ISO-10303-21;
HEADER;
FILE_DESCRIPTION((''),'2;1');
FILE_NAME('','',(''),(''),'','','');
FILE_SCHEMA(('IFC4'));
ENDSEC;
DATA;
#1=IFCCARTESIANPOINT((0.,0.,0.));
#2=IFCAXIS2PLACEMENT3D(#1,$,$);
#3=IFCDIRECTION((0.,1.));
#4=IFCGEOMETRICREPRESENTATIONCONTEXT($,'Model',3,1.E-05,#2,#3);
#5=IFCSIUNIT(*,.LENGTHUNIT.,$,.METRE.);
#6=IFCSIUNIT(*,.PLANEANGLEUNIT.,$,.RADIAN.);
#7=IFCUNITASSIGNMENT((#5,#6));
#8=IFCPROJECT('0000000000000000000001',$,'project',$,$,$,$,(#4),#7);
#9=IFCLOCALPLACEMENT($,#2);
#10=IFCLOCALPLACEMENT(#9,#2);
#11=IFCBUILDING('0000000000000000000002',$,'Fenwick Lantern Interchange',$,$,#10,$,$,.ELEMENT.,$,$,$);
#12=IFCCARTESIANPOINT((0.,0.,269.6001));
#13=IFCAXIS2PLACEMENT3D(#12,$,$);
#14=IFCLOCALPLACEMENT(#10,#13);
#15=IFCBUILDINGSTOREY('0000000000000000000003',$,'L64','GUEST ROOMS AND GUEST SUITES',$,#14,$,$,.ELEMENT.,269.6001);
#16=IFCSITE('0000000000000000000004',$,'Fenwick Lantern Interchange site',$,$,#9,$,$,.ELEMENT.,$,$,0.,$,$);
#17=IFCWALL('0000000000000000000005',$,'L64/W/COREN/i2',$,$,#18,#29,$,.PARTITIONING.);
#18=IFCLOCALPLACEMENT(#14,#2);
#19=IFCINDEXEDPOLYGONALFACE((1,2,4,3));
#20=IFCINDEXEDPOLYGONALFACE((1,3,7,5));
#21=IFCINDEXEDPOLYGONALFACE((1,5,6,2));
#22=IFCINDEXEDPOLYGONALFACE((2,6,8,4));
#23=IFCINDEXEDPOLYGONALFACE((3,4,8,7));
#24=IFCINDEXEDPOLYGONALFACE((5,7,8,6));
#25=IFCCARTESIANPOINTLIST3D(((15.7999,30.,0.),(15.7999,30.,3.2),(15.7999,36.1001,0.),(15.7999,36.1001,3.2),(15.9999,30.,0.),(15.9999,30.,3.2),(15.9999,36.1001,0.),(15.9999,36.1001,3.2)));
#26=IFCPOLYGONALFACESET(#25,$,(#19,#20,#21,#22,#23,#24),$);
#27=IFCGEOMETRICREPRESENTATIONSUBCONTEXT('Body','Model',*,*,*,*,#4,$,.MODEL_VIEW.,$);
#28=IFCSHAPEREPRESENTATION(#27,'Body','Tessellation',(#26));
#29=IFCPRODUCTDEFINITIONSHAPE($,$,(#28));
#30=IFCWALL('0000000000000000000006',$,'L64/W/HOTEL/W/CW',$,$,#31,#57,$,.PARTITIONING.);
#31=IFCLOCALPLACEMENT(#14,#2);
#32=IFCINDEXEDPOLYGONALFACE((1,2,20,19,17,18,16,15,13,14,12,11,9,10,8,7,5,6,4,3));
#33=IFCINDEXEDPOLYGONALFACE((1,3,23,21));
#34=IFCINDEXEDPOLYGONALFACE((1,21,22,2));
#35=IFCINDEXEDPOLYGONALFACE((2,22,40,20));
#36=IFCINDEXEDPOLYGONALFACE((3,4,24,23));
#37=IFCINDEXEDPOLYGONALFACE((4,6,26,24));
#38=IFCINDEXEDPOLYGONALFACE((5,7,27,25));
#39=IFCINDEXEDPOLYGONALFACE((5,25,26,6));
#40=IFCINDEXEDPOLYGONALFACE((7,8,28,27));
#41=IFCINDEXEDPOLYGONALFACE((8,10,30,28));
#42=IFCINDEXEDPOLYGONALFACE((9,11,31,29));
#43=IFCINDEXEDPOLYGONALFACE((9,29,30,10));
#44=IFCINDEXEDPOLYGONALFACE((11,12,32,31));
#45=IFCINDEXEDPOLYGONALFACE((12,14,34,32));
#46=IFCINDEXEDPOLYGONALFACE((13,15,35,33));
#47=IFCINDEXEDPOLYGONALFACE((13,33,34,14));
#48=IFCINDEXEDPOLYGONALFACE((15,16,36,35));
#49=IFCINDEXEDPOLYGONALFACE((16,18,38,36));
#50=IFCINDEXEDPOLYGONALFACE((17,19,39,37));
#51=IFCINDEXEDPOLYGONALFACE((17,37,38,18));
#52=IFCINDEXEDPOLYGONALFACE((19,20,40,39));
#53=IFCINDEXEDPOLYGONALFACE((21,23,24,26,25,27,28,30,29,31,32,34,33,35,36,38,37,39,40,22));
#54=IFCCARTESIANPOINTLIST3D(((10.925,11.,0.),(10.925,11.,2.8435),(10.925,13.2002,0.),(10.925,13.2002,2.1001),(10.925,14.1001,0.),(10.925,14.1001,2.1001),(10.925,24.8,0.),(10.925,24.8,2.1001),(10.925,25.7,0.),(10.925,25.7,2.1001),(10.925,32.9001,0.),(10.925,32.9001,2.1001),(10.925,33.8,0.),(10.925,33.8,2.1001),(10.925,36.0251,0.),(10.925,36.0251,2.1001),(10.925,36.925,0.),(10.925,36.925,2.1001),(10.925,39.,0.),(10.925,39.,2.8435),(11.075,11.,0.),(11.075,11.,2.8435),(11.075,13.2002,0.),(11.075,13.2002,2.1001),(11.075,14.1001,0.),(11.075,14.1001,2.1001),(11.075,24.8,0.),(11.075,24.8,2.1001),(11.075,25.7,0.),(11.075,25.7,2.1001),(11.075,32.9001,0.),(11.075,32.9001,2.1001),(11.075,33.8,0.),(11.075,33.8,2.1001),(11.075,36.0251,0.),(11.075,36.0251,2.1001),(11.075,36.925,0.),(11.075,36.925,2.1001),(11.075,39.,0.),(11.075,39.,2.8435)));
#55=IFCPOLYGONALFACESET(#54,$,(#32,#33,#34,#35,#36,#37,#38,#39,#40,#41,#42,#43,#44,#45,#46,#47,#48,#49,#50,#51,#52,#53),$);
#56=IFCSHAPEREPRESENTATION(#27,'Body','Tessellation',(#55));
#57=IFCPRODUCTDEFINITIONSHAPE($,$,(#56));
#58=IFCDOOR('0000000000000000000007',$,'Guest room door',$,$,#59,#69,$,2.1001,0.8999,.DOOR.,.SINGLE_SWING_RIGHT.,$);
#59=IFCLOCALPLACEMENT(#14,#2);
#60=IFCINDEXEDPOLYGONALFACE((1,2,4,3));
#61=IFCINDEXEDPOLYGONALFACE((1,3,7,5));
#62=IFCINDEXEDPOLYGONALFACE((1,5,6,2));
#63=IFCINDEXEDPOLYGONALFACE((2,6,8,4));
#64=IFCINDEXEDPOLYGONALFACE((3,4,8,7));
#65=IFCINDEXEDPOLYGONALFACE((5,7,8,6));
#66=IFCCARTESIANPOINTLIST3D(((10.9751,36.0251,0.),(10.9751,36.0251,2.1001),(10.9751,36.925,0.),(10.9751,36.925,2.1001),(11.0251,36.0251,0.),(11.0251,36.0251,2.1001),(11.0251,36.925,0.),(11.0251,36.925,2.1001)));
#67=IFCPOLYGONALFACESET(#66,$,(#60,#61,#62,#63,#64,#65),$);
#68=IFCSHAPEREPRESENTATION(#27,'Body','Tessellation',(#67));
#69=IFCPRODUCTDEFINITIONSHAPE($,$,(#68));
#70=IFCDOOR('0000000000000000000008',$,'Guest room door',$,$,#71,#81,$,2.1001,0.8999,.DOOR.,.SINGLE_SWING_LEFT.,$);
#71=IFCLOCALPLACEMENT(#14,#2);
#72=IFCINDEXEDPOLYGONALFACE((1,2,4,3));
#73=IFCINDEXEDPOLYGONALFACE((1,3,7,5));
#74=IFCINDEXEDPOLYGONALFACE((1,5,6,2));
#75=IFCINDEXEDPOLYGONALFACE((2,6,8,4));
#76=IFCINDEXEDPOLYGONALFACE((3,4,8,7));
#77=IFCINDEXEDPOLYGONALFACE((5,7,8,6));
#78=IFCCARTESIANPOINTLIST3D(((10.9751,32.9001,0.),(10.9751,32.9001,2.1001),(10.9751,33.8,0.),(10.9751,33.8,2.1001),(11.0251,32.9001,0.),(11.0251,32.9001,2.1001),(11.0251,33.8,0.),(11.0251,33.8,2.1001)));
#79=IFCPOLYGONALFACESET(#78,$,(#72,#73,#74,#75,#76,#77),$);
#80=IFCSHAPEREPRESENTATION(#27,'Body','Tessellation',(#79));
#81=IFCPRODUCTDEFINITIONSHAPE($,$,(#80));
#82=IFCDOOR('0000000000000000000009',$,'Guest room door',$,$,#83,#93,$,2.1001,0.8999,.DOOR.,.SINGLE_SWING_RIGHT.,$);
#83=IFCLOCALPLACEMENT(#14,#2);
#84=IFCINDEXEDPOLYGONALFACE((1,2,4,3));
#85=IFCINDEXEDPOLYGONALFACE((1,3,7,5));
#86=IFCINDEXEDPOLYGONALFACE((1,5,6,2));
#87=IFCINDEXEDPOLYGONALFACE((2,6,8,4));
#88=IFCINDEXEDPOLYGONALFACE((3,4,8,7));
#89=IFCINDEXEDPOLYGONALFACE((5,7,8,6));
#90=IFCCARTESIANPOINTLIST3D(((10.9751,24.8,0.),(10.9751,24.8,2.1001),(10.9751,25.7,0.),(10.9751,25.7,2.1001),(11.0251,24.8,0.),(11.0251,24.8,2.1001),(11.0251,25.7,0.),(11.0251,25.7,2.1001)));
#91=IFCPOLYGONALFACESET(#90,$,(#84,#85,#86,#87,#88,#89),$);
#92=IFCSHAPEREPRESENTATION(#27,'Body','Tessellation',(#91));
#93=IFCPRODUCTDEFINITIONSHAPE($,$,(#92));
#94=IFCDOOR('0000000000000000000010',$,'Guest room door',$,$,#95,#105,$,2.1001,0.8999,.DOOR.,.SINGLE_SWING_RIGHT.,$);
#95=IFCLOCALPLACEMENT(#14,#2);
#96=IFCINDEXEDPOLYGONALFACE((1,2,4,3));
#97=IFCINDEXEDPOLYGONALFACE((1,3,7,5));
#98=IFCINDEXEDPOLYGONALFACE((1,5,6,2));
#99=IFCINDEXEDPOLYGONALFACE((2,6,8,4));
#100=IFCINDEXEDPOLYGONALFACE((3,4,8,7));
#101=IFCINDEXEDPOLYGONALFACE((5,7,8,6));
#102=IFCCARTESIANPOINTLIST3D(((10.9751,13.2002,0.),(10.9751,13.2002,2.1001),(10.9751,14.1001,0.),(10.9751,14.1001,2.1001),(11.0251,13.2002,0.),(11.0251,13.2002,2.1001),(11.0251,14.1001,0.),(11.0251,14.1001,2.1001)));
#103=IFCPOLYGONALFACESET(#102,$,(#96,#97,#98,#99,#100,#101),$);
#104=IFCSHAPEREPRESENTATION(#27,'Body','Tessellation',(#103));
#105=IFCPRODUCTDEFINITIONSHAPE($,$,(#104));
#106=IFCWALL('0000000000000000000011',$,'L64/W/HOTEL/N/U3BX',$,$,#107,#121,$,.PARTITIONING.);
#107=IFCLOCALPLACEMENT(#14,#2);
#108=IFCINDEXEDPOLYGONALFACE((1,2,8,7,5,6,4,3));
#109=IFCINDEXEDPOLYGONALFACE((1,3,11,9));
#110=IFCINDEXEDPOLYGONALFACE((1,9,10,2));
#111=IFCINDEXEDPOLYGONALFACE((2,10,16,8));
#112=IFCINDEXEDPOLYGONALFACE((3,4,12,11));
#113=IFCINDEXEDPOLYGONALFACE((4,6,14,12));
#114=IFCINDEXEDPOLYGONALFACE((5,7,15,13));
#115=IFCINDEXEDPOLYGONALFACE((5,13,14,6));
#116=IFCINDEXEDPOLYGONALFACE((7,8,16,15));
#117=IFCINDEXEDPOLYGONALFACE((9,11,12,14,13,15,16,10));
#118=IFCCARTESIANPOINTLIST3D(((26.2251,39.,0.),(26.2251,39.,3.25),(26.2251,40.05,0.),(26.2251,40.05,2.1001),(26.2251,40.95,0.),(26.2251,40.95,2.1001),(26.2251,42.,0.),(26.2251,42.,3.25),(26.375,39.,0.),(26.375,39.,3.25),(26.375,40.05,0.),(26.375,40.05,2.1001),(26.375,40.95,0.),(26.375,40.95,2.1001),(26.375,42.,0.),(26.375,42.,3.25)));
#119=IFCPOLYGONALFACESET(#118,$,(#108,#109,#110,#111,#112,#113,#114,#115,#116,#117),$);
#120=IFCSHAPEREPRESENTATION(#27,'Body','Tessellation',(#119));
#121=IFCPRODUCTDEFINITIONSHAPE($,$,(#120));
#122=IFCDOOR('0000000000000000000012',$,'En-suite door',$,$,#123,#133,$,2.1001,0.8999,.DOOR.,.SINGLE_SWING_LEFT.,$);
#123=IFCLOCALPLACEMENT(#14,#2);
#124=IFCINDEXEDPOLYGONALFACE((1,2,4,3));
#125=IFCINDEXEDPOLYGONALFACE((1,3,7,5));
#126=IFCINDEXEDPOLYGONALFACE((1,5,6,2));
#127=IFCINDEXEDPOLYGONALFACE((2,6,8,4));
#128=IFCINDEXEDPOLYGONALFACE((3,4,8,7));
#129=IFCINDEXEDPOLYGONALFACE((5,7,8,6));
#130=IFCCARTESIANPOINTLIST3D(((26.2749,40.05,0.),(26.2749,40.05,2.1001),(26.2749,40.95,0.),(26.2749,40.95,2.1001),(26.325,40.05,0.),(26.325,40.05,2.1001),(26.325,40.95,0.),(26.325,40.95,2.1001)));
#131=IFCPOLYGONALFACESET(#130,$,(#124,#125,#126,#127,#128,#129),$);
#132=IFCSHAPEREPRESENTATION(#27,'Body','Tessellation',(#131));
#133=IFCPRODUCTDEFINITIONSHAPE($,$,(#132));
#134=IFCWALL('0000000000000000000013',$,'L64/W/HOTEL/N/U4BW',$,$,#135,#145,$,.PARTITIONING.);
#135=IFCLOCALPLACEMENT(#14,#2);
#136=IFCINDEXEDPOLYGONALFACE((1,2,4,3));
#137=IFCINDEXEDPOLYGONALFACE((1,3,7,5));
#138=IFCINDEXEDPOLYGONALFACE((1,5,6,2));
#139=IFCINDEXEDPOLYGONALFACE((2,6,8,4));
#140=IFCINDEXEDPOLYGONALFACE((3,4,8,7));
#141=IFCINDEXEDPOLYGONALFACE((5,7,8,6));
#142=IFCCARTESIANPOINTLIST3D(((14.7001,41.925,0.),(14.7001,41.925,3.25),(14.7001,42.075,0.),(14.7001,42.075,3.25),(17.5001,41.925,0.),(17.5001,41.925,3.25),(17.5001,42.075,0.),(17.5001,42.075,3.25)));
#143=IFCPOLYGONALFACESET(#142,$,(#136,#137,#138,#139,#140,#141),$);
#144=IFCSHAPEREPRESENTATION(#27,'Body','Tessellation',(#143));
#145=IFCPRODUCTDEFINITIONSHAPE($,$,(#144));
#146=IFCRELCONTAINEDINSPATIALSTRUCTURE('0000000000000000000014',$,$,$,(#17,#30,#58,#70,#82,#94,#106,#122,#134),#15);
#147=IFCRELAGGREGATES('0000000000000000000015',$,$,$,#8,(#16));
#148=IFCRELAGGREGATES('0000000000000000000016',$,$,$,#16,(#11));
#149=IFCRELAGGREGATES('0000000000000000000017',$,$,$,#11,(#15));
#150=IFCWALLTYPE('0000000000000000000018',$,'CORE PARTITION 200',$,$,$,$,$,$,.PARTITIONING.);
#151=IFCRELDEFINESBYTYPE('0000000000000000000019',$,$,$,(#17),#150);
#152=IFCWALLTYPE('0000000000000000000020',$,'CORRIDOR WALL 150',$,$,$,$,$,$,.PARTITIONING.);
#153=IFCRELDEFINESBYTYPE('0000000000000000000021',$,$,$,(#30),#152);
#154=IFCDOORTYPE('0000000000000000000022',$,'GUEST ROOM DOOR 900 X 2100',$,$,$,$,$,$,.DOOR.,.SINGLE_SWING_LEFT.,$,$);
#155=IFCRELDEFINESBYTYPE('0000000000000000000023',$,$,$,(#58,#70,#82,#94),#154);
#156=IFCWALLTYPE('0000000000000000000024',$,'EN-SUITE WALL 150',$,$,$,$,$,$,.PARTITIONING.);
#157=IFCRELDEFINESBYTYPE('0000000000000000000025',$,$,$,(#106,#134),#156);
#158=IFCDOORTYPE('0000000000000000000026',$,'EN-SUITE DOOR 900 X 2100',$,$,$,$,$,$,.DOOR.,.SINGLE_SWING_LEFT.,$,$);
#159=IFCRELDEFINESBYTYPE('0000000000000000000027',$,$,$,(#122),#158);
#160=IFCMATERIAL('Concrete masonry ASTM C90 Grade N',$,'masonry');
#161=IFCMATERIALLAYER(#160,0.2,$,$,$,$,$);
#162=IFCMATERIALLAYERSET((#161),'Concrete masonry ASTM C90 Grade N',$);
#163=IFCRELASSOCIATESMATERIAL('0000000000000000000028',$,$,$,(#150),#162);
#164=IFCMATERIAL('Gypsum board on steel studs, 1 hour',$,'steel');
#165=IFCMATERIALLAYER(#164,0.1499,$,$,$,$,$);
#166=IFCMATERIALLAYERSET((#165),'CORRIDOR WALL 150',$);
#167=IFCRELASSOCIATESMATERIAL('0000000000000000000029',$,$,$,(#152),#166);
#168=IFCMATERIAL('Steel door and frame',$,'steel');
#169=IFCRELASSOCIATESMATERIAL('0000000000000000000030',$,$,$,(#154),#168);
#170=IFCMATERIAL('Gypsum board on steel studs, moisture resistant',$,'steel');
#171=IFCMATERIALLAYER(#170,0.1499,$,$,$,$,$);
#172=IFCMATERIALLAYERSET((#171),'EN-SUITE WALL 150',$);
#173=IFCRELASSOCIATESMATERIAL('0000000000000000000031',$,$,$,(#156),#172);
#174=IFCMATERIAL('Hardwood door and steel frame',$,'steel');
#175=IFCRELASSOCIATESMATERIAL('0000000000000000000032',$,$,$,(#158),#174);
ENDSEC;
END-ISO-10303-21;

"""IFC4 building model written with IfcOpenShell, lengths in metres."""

from ifc_helpers import new_model, si_unit, direction, frame, frame_2d, origin, place, context, subcontext, project, spatial, rectangle, extrude, material, layer, layer_set, type_object, element, fill, save


model = new_model("IFC4")

# Units and contexts
model_context = context("Model", 3, precision=1e-05, world=origin(), true_north=direction((0.0, 1.0)))
body_context = subcontext(model_context, "Body", "Model", "MODEL_VIEW")
ifc_project = project(units=[si_unit("LENGTHUNIT", "METRE"), si_unit("PLANEANGLEUNIT", "RADIAN")], contexts=[model_context])

# Site, building, storey
site_placement = place(None, origin())
site = spatial("IfcSite", under=ifc_project, at=site_placement, Name="Fenwick Lantern Interchange site", CompositionType="ELEMENT", RefElevation=0.0)
building_placement = place(site_placement, origin())
building = spatial("IfcBuilding", under=site, at=building_placement, Name="Fenwick Lantern Interchange", CompositionType="ELEMENT")
storey_placement = place(building_placement, frame((0.0, 0.0, 269.6001)))
storey = spatial("IfcBuildingStorey", under=building, at=storey_placement, Name="L64", Description="GUEST ROOMS AND GUEST SUITES", CompositionType="ELEMENT", Elevation=269.6001)

# Shared definitions
ifc_material_1 = material(Name="Concrete masonry ASTM C90 Grade N", Category="masonry")
ifc_layer_1 = layer(ifc_material_1, 0.2)
ifc_layer_set_1 = layer_set([ifc_layer_1], Name="Concrete masonry ASTM C90 Grade N")
wall_type_1 = type_object("IfcWallType", Name="CORE PARTITION 200", PredefinedType="PARTITIONING", material=ifc_layer_set_1)

# Shared definitions
ifc_material_2 = material(Name="Steel door and frame", Category="steel")

# Wall
wall_1_placement = place(storey_placement, frame((15.8999, 36.1001, 0.0), z_axis=(0.0, 0.0, 1.0), x_axis=(0.0, -1.0, 0.0)))
element("IfcWall", 1, at=wall_1_placement, inside=storey, type_object=wall_type_1, Name="L64/W/COREN/i2", PredefinedType="PARTITIONING", context=body_context, shape_type="SweptSolid", body=[
    extrude(rectangle(XDim=6.1001, YDim=0.2, at=frame_2d((3.05, 0.0))), origin(), (0.0, 0.0, 1.0), 3.2),
])

# Wall, openings, doors
ifc_material_3 = material(Name="Hardwood door and steel frame", Category="steel")
ifc_material_4 = material(Name="Gypsum board on steel studs, 1 hour", Category="steel")
ifc_layer_2 = layer(ifc_material_4, 0.1499)
ifc_layer_set_2 = layer_set([ifc_layer_2], Name="CORRIDOR WALL 150")
wall_type_2 = type_object("IfcWallType", Name="CORRIDOR WALL 150", PredefinedType="PARTITIONING", material=ifc_layer_set_2)
wall_2_placement = place(storey_placement, frame((11.0, 39.0, 0.0), z_axis=(0.0, 0.0, 1.0), x_axis=(0.0, -1.0, 0.0)))
wall_2 = element("IfcWall", 2, at=wall_2_placement, inside=storey, type_object=wall_type_2, Name="L64/W/HOTEL/W/CW", PredefinedType="PARTITIONING", context=body_context, shape_type="SweptSolid", body=[
    extrude(rectangle(XDim=28.0, YDim=0.1499, at=frame_2d((14.0, 0.0))), origin(), (0.0, 0.0, 1.0), 2.8435),
])
opening_1_placement = place(wall_2_placement, frame((2.075, 0.0, 0.0)))
opening_1 = element("IfcOpeningElement", 3, at=opening_1_placement, cuts=wall_2, PredefinedType="OPENING", context=body_context, shape_type="SweptSolid", body=[
    extrude(rectangle(XDim=0.8999, YDim=2.1001, at=frame_2d((0.45, 1.05))), frame((0.0, 0.085, 0.0), z_axis=(0.0, -1.0, 0.0), x_axis=(1.0, 0.0, 0.0)), (0.0, 0.0, 1.0), 0.1699),
])
opening_2_placement = place(wall_2_placement, frame((5.2, 0.0, 0.0)))
opening_2 = element("IfcOpeningElement", 4, at=opening_2_placement, cuts=wall_2, PredefinedType="OPENING", context=body_context, shape_type="SweptSolid", body=[
    extrude(rectangle(XDim=0.8999, YDim=2.1001, at=frame_2d((0.45, 1.05))), frame((0.0, 0.085, 0.0), z_axis=(0.0, -1.0, 0.0), x_axis=(1.0, 0.0, 0.0)), (0.0, 0.0, 1.0), 0.1699),
])
opening_3_placement = place(wall_2_placement, frame((13.3, 0.0, 0.0)))
opening_3 = element("IfcOpeningElement", 5, at=opening_3_placement, cuts=wall_2, PredefinedType="OPENING", context=body_context, shape_type="SweptSolid", body=[
    extrude(rectangle(XDim=0.8999, YDim=2.1001, at=frame_2d((0.45, 1.05))), frame((0.0, 0.085, 0.0), z_axis=(0.0, -1.0, 0.0), x_axis=(1.0, 0.0, 0.0)), (0.0, 0.0, 1.0), 0.1699),
])
opening_4_placement = place(wall_2_placement, frame((24.8999, 0.0, 0.0)))
opening_4 = element("IfcOpeningElement", 6, at=opening_4_placement, cuts=wall_2, PredefinedType="OPENING", context=body_context, shape_type="SweptSolid", body=[
    extrude(rectangle(XDim=0.8999, YDim=2.1001, at=frame_2d((0.45, 1.05))), frame((0.0, 0.085, 0.0), z_axis=(0.0, -1.0, 0.0), x_axis=(1.0, 0.0, 0.0)), (0.0, 0.0, 1.0), 0.1699),
])
door_type_1 = type_object("IfcDoorType", Name="GUEST ROOM DOOR 900 X 2100", OperationType="SINGLE_SWING_LEFT", PredefinedType="DOOR", material=ifc_material_2)
door_1_placement = place(opening_1_placement, frame((0.8999, 0.0, 0.0), z_axis=(0.0, 0.0, 1.0), x_axis=(-1.0, 0.0, 0.0)))
door_1 = element("IfcDoor", 7, at=door_1_placement, inside=storey, type_object=door_type_1, Name="Guest room door", OperationType="SINGLE_SWING_RIGHT", OverallHeight=2.1001, OverallWidth=0.8999, PredefinedType="DOOR", context=body_context, shape_type="SweptSolid", body=[
    extrude(rectangle(XDim=0.8999, YDim=2.1001, at=frame_2d((0.45, 1.05))), frame((0.0, 0.0249, 0.0), z_axis=(0.0, -1.0, 0.0), x_axis=(1.0, 0.0, 0.0)), (0.0, 0.0, 1.0), 0.05),
])
fill(opening_1, door_1)
door_2_placement = place(opening_2_placement, frame((0.8999, 0.0, 0.0), z_axis=(0.0, 0.0, 1.0), x_axis=(-1.0, 0.0, 0.0)))
door_2 = element("IfcDoor", 8, at=door_2_placement, inside=storey, type_object=door_type_1, Name="Guest room door", OperationType="SINGLE_SWING_LEFT", OverallHeight=2.1001, OverallWidth=0.8999, PredefinedType="DOOR", context=body_context, shape_type="SweptSolid", body=[
    extrude(rectangle(XDim=0.8999, YDim=2.1001, at=frame_2d((0.45, 1.05))), frame((0.0, 0.0249, 0.0), z_axis=(0.0, -1.0, 0.0), x_axis=(1.0, 0.0, 0.0)), (0.0, 0.0, 1.0), 0.05),
])
fill(opening_2, door_2)
door_3_placement = place(opening_3_placement, frame((0.8999, 0.0, 0.0), z_axis=(0.0, 0.0, 1.0), x_axis=(-1.0, 0.0, 0.0)))
door_3 = element("IfcDoor", 9, at=door_3_placement, inside=storey, type_object=door_type_1, Name="Guest room door", OperationType="SINGLE_SWING_RIGHT", OverallHeight=2.1001, OverallWidth=0.8999, PredefinedType="DOOR", context=body_context, shape_type="SweptSolid", body=[
    extrude(rectangle(XDim=0.8999, YDim=2.1001, at=frame_2d((0.45, 1.05))), frame((0.0, 0.0249, 0.0), z_axis=(0.0, -1.0, 0.0), x_axis=(1.0, 0.0, 0.0)), (0.0, 0.0, 1.0), 0.05),
])
fill(opening_3, door_3)
door_4_placement = place(opening_4_placement, frame((0.8999, 0.0, 0.0), z_axis=(0.0, 0.0, 1.0), x_axis=(-1.0, 0.0, 0.0)))
door_4 = element("IfcDoor", 10, at=door_4_placement, inside=storey, type_object=door_type_1, Name="Guest room door", OperationType="SINGLE_SWING_RIGHT", OverallHeight=2.1001, OverallWidth=0.8999, PredefinedType="DOOR", context=body_context, shape_type="SweptSolid", body=[
    extrude(rectangle(XDim=0.8999, YDim=2.1001, at=frame_2d((0.45, 1.05))), frame((0.0, 0.0249, 0.0), z_axis=(0.0, -1.0, 0.0), x_axis=(1.0, 0.0, 0.0)), (0.0, 0.0, 1.0), 0.05),
])
fill(opening_4, door_4)

# Wall, opening, door
ifc_material_5 = material(Name="Gypsum board on steel studs, moisture resistant", Category="steel")
ifc_layer_3 = layer(ifc_material_5, 0.1499)
ifc_layer_set_3 = layer_set([ifc_layer_3], Name="EN-SUITE WALL 150")
wall_type_3 = type_object("IfcWallType", Name="EN-SUITE WALL 150", PredefinedType="PARTITIONING", material=ifc_layer_set_3)
wall_3_placement = place(storey_placement, frame((26.3, 42.0, 0.0), z_axis=(0.0, 0.0, 1.0), x_axis=(0.0, -1.0, 0.0)))
wall_3 = element("IfcWall", 11, at=wall_3_placement, inside=storey, type_object=wall_type_3, Name="L64/W/HOTEL/N/U3BX", PredefinedType="PARTITIONING", context=body_context, shape_type="SweptSolid", body=[
    extrude(rectangle(XDim=3.0, YDim=0.1499, at=frame_2d((1.5, 0.0))), origin(), (0.0, 0.0, 1.0), 3.25),
])
opening_5_placement = place(wall_3_placement, frame((1.05, 0.0, 0.0)))
opening_5 = element("IfcOpeningElement", 12, at=opening_5_placement, cuts=wall_3, PredefinedType="OPENING", context=body_context, shape_type="SweptSolid", body=[
    extrude(rectangle(XDim=0.8999, YDim=2.1001, at=frame_2d((0.45, 1.05))), frame((0.0, 0.085, 0.0), z_axis=(0.0, -1.0, 0.0), x_axis=(1.0, 0.0, 0.0)), (0.0, 0.0, 1.0), 0.1699),
])
door_type_2 = type_object("IfcDoorType", Name="EN-SUITE DOOR 900 X 2100", OperationType="SINGLE_SWING_LEFT", PredefinedType="DOOR", material=ifc_material_3)
door_5_placement = place(opening_5_placement, origin())
door_5 = element("IfcDoor", 13, at=door_5_placement, inside=storey, type_object=door_type_2, Name="En-suite door", OperationType="SINGLE_SWING_LEFT", OverallHeight=2.1001, OverallWidth=0.8999, PredefinedType="DOOR", context=body_context, shape_type="SweptSolid", body=[
    extrude(rectangle(XDim=0.8999, YDim=2.1001, at=frame_2d((0.45, 1.05))), frame((0.0, 0.0249, 0.0), z_axis=(0.0, -1.0, 0.0), x_axis=(1.0, 0.0, 0.0)), (0.0, 0.0, 1.0), 0.05),
])
fill(opening_5, door_5)

# Wall
wall_4_placement = place(storey_placement, frame((17.5, 42.0, 0.0), z_axis=(0.0, 0.0, 1.0), x_axis=(-1.0, 0.0, 0.0)))
element("IfcWall", 14, at=wall_4_placement, inside=storey, type_object=wall_type_3, Name="L64/W/HOTEL/N/U4BW", PredefinedType="PARTITIONING", context=body_context, shape_type="SweptSolid", body=[
    extrude(rectangle(XDim=2.8, YDim=0.1499, at=frame_2d((1.3999, 0.0))), origin(), (0.0, 0.0, 1.0), 3.25),
])

save(model, "model.ifc")
